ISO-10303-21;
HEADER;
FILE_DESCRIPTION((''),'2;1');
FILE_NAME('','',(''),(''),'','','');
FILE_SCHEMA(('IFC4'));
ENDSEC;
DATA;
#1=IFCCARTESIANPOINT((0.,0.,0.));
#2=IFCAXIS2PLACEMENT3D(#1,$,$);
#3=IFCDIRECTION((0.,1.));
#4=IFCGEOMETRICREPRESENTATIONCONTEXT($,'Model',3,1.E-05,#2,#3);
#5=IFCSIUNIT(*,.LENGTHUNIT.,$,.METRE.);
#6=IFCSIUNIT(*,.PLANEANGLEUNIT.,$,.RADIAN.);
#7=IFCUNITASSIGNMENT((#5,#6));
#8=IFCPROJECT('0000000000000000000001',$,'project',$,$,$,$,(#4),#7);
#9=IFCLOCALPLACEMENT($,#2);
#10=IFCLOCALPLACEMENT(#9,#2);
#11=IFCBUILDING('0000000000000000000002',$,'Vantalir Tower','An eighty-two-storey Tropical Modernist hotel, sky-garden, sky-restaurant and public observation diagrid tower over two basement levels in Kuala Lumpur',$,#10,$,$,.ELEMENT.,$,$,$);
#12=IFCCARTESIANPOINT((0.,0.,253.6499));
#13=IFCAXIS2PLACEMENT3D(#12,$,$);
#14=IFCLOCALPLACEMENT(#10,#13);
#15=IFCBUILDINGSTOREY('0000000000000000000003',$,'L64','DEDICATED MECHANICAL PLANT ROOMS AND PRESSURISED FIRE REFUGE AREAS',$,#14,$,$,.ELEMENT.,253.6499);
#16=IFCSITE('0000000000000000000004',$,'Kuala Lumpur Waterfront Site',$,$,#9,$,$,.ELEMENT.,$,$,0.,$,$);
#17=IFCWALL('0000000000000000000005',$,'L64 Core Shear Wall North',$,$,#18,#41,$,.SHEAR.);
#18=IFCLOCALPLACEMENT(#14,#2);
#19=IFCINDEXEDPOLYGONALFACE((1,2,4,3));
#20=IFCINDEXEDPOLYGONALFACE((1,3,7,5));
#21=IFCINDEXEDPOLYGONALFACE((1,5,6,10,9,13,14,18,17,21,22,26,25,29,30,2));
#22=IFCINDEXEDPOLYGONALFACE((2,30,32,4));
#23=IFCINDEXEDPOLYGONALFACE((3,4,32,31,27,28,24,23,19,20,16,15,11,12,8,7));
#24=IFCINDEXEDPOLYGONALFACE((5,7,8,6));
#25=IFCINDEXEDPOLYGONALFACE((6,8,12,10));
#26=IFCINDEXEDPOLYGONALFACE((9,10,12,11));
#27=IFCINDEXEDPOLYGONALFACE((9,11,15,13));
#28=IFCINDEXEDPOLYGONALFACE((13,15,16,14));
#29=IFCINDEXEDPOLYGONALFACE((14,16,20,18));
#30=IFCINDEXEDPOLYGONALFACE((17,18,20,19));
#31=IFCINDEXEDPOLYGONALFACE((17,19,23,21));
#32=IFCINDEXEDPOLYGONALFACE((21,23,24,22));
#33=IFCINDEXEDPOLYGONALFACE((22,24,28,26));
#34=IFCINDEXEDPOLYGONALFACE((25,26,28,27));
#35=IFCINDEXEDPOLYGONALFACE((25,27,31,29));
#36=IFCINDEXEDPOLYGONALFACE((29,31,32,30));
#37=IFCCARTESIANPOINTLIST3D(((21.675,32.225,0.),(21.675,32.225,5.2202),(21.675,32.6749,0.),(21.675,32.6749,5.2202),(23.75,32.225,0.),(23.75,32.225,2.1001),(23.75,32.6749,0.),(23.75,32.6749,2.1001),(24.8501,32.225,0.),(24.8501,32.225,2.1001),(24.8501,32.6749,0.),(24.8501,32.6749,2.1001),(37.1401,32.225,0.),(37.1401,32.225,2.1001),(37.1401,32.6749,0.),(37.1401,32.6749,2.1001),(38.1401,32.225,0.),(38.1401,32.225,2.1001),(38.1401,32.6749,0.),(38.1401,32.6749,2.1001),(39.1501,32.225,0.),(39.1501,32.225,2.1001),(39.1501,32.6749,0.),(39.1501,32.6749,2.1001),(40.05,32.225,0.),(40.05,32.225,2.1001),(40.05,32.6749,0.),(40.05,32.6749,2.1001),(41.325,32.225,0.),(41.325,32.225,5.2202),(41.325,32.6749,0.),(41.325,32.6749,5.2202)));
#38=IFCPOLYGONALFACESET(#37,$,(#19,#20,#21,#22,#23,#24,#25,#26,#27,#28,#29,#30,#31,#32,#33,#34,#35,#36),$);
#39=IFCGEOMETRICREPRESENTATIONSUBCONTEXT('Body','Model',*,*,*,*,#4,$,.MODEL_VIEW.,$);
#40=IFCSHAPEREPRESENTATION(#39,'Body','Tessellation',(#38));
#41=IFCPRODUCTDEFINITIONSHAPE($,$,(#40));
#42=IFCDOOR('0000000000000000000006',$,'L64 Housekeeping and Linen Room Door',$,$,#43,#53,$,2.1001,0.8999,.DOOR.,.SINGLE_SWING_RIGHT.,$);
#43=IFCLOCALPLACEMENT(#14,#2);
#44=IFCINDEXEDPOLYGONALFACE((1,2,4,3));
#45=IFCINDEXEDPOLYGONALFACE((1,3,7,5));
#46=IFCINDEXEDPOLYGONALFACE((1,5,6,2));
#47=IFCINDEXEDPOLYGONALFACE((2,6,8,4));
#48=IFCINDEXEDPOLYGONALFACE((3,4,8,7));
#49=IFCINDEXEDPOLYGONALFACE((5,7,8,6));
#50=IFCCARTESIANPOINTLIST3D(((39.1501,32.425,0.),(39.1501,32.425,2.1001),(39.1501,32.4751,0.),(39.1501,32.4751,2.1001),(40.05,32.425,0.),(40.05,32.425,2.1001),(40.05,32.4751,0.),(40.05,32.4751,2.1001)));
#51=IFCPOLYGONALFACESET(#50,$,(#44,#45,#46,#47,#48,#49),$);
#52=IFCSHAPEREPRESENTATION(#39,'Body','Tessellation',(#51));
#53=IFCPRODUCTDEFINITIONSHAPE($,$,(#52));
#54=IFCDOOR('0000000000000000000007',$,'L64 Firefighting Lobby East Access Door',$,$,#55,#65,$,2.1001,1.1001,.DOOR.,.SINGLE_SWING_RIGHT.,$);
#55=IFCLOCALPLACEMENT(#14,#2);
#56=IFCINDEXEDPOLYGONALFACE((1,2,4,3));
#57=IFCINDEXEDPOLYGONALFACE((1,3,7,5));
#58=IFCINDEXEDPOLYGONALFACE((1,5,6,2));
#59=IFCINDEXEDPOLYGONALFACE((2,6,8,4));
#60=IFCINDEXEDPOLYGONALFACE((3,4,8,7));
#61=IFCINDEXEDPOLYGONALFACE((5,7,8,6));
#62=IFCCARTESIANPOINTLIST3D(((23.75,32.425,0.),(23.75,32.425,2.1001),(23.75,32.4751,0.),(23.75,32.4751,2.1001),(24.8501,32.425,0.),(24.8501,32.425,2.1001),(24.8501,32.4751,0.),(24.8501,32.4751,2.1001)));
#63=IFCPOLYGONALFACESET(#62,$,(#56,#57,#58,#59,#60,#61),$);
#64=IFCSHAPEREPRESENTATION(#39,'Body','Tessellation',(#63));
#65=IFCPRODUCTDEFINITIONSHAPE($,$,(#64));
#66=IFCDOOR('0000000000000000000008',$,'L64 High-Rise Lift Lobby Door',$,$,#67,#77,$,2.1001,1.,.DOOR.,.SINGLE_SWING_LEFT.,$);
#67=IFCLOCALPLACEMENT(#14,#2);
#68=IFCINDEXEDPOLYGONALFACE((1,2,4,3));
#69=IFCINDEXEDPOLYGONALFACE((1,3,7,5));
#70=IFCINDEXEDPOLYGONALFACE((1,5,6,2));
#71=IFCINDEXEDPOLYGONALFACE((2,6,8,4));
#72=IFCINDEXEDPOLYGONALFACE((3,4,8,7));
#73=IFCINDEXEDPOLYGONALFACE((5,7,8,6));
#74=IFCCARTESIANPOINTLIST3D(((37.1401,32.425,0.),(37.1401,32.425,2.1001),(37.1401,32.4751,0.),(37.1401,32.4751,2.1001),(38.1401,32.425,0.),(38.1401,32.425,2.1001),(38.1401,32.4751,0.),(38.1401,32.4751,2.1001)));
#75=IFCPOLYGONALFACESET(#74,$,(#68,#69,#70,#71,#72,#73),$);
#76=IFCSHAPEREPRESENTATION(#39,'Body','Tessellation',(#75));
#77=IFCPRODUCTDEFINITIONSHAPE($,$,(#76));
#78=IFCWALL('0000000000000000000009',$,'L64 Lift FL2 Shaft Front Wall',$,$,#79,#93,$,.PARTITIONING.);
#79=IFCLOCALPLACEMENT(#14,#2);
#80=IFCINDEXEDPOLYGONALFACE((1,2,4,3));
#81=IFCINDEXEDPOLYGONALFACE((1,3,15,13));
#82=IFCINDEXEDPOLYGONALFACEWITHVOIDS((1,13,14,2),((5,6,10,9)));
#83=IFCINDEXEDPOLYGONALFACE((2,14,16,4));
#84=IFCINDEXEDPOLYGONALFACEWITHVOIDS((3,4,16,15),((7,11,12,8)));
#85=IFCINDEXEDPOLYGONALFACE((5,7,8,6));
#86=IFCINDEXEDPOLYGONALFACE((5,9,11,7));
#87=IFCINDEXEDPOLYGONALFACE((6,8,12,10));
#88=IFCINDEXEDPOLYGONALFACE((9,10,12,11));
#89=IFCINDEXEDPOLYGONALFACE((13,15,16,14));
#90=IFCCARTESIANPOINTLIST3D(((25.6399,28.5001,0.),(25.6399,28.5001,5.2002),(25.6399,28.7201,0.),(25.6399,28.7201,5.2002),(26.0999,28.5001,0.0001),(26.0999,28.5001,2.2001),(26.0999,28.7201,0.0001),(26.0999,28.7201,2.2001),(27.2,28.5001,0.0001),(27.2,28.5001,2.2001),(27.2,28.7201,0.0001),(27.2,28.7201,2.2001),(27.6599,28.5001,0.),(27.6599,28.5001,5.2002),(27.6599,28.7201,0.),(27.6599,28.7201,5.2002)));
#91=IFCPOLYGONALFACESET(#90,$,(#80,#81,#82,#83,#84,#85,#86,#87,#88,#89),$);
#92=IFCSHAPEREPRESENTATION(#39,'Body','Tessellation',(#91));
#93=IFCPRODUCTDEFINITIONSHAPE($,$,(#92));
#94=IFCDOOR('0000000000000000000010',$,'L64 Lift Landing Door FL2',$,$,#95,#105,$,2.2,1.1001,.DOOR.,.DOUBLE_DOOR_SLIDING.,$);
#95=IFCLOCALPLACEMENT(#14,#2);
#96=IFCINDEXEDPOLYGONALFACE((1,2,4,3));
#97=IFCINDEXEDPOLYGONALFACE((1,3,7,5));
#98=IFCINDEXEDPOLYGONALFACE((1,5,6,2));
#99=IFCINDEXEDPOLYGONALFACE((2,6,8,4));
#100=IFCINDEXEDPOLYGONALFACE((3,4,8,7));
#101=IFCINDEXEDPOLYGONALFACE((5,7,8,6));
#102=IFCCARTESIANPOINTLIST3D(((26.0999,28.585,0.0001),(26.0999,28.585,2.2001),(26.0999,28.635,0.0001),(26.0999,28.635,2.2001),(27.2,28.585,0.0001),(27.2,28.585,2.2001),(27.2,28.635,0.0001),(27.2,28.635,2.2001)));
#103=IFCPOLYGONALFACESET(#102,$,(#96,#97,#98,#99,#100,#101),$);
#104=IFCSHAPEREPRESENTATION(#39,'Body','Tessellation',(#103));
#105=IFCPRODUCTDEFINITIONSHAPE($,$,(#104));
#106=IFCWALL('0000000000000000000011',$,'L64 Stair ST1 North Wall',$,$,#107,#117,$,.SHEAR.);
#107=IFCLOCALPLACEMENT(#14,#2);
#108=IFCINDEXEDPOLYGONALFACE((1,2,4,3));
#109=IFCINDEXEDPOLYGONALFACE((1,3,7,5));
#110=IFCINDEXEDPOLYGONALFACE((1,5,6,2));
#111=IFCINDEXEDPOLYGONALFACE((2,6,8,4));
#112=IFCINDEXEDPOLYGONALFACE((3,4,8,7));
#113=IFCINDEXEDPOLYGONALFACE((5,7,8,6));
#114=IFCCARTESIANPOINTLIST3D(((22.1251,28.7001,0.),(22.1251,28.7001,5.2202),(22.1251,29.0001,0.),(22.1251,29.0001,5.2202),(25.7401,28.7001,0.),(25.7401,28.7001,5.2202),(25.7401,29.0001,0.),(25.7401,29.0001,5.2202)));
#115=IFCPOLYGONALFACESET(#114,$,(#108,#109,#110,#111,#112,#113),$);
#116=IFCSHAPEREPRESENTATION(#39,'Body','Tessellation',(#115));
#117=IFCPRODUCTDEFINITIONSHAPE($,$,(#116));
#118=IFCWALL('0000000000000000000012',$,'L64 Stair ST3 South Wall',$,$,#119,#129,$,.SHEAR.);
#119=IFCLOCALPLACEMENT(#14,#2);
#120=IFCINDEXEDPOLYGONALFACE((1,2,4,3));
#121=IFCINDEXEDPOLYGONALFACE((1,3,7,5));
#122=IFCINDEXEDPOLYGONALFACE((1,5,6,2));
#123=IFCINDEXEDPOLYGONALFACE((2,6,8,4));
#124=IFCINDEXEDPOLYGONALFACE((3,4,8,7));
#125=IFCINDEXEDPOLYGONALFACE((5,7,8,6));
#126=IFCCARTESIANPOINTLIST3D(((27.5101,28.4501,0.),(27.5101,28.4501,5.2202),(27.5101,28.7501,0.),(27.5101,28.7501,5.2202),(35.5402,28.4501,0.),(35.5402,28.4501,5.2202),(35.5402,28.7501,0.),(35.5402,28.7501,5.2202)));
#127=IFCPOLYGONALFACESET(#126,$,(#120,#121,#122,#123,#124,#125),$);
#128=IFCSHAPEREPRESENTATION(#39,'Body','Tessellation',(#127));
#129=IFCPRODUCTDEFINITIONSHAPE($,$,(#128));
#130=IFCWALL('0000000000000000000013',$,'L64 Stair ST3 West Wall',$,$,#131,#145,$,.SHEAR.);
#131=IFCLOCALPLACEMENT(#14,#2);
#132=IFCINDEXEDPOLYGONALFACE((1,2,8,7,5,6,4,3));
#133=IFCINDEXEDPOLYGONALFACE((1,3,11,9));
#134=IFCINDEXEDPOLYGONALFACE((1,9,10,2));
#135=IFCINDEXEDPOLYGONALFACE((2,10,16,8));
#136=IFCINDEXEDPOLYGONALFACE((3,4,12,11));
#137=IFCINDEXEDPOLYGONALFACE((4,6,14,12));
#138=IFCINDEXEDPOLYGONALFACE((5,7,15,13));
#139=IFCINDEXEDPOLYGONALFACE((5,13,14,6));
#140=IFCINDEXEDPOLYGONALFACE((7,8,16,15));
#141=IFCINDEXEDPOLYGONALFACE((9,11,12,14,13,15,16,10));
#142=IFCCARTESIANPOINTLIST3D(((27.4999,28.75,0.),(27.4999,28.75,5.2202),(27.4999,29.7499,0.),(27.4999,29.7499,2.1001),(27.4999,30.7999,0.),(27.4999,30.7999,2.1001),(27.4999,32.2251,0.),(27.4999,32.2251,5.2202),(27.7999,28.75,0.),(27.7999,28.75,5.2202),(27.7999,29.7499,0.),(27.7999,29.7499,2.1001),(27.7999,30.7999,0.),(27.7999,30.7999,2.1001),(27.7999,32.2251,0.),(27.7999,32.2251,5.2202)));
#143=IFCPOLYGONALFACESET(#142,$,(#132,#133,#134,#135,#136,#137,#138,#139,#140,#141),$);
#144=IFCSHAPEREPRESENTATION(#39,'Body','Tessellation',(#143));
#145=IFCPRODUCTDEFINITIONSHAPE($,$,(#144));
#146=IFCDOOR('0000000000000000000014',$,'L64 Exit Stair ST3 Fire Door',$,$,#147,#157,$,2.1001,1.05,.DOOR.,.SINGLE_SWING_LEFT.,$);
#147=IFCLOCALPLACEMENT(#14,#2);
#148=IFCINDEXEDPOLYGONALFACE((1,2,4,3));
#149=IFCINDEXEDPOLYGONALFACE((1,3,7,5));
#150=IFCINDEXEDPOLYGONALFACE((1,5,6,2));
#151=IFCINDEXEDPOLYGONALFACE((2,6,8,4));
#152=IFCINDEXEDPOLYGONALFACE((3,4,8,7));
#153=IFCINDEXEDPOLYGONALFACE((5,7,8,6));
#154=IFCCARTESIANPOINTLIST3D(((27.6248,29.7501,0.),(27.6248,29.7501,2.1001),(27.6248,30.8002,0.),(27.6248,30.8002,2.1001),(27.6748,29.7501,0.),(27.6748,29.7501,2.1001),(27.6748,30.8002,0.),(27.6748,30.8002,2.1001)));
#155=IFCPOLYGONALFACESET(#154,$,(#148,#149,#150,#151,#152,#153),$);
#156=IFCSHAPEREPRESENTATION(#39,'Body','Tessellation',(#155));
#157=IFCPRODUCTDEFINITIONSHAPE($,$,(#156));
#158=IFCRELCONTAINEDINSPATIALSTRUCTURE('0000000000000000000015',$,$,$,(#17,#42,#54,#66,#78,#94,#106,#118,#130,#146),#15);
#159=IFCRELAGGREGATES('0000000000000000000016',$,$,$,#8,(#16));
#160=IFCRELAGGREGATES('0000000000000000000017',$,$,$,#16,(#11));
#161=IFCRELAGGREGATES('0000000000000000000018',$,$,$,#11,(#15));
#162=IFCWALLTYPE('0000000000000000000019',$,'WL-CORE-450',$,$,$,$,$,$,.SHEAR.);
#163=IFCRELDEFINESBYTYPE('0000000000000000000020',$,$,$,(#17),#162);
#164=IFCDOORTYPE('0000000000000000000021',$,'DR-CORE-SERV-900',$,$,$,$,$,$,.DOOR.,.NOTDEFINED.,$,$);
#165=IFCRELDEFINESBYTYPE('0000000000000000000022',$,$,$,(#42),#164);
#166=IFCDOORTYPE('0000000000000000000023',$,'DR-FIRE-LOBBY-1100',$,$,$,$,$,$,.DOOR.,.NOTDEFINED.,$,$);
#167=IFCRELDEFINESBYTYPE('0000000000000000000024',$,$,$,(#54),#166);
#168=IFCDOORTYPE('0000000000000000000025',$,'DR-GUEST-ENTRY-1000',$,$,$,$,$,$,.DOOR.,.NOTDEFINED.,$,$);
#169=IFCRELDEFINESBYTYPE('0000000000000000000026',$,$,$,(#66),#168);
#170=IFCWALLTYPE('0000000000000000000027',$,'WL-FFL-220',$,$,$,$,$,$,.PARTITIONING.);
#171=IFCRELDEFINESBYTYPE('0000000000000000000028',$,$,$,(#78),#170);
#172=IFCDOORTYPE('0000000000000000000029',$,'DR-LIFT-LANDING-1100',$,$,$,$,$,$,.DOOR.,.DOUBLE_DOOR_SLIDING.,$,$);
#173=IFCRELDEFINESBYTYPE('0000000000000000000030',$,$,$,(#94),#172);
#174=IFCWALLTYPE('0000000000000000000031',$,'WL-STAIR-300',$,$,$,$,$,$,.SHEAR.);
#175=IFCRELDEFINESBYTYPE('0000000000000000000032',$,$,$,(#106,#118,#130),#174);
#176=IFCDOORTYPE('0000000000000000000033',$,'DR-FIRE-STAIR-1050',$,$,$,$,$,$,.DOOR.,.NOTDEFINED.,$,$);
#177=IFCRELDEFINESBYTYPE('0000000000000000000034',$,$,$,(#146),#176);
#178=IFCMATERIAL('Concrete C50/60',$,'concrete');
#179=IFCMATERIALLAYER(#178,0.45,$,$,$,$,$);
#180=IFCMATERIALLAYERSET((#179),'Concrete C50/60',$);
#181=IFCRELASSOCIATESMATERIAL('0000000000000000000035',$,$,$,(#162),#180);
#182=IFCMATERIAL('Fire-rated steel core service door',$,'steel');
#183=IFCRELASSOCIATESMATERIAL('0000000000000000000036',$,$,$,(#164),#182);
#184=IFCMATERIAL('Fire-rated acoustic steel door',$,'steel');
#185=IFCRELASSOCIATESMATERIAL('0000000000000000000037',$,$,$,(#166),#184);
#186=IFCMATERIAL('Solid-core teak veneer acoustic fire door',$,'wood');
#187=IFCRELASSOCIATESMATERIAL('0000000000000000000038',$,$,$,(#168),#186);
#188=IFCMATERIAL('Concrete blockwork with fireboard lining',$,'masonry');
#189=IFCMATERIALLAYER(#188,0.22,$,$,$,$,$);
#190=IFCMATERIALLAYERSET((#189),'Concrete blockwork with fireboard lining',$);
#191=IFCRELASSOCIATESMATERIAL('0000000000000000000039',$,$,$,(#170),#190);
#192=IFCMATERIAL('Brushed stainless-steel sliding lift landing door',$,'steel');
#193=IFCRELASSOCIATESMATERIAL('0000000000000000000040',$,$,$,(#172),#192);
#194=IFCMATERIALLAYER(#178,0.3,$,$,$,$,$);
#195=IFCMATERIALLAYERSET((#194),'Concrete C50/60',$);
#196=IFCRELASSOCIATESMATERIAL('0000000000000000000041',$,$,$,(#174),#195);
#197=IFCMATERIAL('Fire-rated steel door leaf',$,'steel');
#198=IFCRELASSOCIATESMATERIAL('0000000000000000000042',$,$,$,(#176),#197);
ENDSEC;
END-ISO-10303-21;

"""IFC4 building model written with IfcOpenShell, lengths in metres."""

from ifc_helpers import new_model, si_unit, direction, frame, frame_2d, origin, place, context, subcontext, project, spatial, rectangle, extrude, material, layer, layer_set, type_object, element, fill, save


model = new_model("IFC4")

# Units and contexts
model_context = context("Model", 3, precision=1e-05, world=origin(), true_north=direction((0.0, 1.0)))
body_context = subcontext(model_context, "Body", "Model", "MODEL_VIEW")
ifc_project = project(units=[si_unit("LENGTHUNIT", "METRE"), si_unit("PLANEANGLEUNIT", "RADIAN")], contexts=[model_context])

# Site, building, storey
site_placement = place(None, origin())
site = spatial("IfcSite", under=ifc_project, at=site_placement, Name="Kuala Lumpur Waterfront Site", CompositionType="ELEMENT", RefElevation=0.0)
building_placement = place(site_placement, origin())
building = spatial("IfcBuilding", under=site, at=building_placement, Name="Vantalir Tower", Description="An eighty-two-storey Tropical Modernist hotel, sky-garden, sky-restaurant and public observation diagrid tower over two basement levels in Kuala Lumpur", CompositionType="ELEMENT")
storey_placement = place(building_placement, frame((0.0, 0.0, 253.6499)))
storey = spatial("IfcBuildingStorey", under=building, at=storey_placement, Name="L64", Description="DEDICATED MECHANICAL PLANT ROOMS AND PRESSURISED FIRE REFUGE AREAS", CompositionType="ELEMENT", Elevation=253.6499)

# Shared definitions
ifc_material_1 = material(Name="Concrete C50/60", Category="concrete")

# Wall, openings, doors
ifc_layer_1 = layer(ifc_material_1, 0.45)
ifc_layer_set_1 = layer_set([ifc_layer_1], Name="Concrete C50/60")
wall_type_1 = type_object("IfcWallType", Name="WL-CORE-450", PredefinedType="SHEAR", material=ifc_layer_set_1)
wall_1_placement = place(storey_placement, frame((21.675, 32.45, 0.0), z_axis=(0.0, 0.0, 1.0), x_axis=(1.0, 0.0, 0.0)))
wall_1 = element("IfcWall", 1, at=wall_1_placement, inside=storey, type_object=wall_type_1, Name="L64 Core Shear Wall North", PredefinedType="SHEAR", context=body_context, shape_type="SweptSolid", body=[
    extrude(rectangle(XDim=19.6499, YDim=0.45, at=frame_2d((9.825, 0.0))), origin(), (0.0, 0.0, 1.0), 5.2202),
])
opening_1_placement = place(wall_1_placement, frame((2.075, 0.0, 0.0)))
opening_1 = element("IfcOpeningElement", 2, at=opening_1_placement, cuts=wall_1, PredefinedType="OPENING", context=body_context, shape_type="SweptSolid", body=[
    extrude(rectangle(XDim=1.1001, YDim=2.1001, at=frame_2d((0.55, 1.05))), frame((0.0, 0.2349, 0.0), z_axis=(0.0, -1.0, 0.0), x_axis=(1.0, 0.0, 0.0)), (0.0, 0.0, 1.0), 0.47),
])
opening_2_placement = place(wall_1_placement, frame((15.4651, 0.0, 0.0)))
opening_2 = element("IfcOpeningElement", 3, at=opening_2_placement, cuts=wall_1, PredefinedType="OPENING", context=body_context, shape_type="SweptSolid", body=[
    extrude(rectangle(XDim=1.0, YDim=2.1001, at=frame_2d((0.5, 1.05))), frame((0.0, 0.2349, 0.0), z_axis=(0.0, -1.0, 0.0), x_axis=(1.0, 0.0, 0.0)), (0.0, 0.0, 1.0), 0.47),
])
opening_3_placement = place(wall_1_placement, frame((17.4751, 0.0, 0.0)))
opening_3 = element("IfcOpeningElement", 4, at=opening_3_placement, cuts=wall_1, PredefinedType="OPENING", context=body_context, shape_type="SweptSolid", body=[
    extrude(rectangle(XDim=0.8999, YDim=2.1001, at=frame_2d((0.45, 1.05))), frame((0.0, 0.2349, 0.0), z_axis=(0.0, -1.0, 0.0), x_axis=(1.0, 0.0, 0.0)), (0.0, 0.0, 1.0), 0.47),
])
ifc_material_2 = material(Name="Fire-rated steel core service door", Category="steel")
door_type_1 = type_object("IfcDoorType", Name="DR-CORE-SERV-900", OperationType="NOTDEFINED", PredefinedType="DOOR", material=ifc_material_2)
door_1_placement = place(opening_3_placement, frame((0.8999, 0.0, 0.0), z_axis=(0.0, 0.0, 1.0), x_axis=(-1.0, 0.0, 0.0)))
door_1 = element("IfcDoor", 5, at=door_1_placement, inside=storey, type_object=door_type_1, Name="L64 Housekeeping and Linen Room Door", OperationType="SINGLE_SWING_RIGHT", OverallHeight=2.1001, OverallWidth=0.8999, PredefinedType="DOOR", context=body_context, shape_type="SweptSolid", body=[
    extrude(rectangle(XDim=0.8999, YDim=2.1001, at=frame_2d((0.45, 1.05))), frame((0.0, 0.0249, 0.0), z_axis=(0.0, -1.0, 0.0), x_axis=(1.0, 0.0, 0.0)), (0.0, 0.0, 1.0), 0.05),
])
fill(opening_3, door_1)
ifc_material_3 = material(Name="Fire-rated acoustic steel door", Category="steel")
door_type_2 = type_object("IfcDoorType", Name="DR-FIRE-LOBBY-1100", OperationType="NOTDEFINED", PredefinedType="DOOR", material=ifc_material_3)
door_2_placement = place(opening_1_placement, frame((1.1001, 0.0, 0.0), z_axis=(0.0, 0.0, 1.0), x_axis=(-1.0, 0.0, 0.0)))
door_2 = element("IfcDoor", 6, at=door_2_placement, inside=storey, type_object=door_type_2, Name="L64 Firefighting Lobby East Access Door", OperationType="SINGLE_SWING_RIGHT", OverallHeight=2.1001, OverallWidth=1.1001, PredefinedType="DOOR", context=body_context, shape_type="SweptSolid", body=[
    extrude(rectangle(XDim=1.1001, YDim=2.1001, at=frame_2d((0.55, 1.05))), frame((0.0, 0.0249, 0.0), z_axis=(0.0, -1.0, 0.0), x_axis=(1.0, 0.0, 0.0)), (0.0, 0.0, 1.0), 0.05),
])
fill(opening_1, door_2)
ifc_material_4 = material(Name="Solid-core teak veneer acoustic fire door", Category="wood")
door_type_3 = type_object("IfcDoorType", Name="DR-GUEST-ENTRY-1000", OperationType="NOTDEFINED", PredefinedType="DOOR", material=ifc_material_4)
door_3_placement = place(opening_2_placement, frame((1.0, 0.0, 0.0), z_axis=(0.0, 0.0, 1.0), x_axis=(-1.0, 0.0, 0.0)))
door_3 = element("IfcDoor", 7, at=door_3_placement, inside=storey, type_object=door_type_3, Name="L64 High-Rise Lift Lobby Door", OperationType="SINGLE_SWING_LEFT", OverallHeight=2.1001, OverallWidth=1.0, PredefinedType="DOOR", context=body_context, shape_type="SweptSolid", body=[
    extrude(rectangle(XDim=1.0, YDim=2.1001, at=frame_2d((0.5, 1.05))), frame((0.0, 0.0249, 0.0), z_axis=(0.0, -1.0, 0.0), x_axis=(1.0, 0.0, 0.0)), (0.0, 0.0, 1.0), 0.05),
])
fill(opening_2, door_3)

# Wall, opening, door
ifc_material_5 = material(Name="Concrete blockwork with fireboard lining", Category="masonry")
ifc_layer_2 = layer(ifc_material_5, 0.22)
ifc_layer_set_2 = layer_set([ifc_layer_2], Name="Concrete blockwork with fireboard lining")
wall_type_2 = type_object("IfcWallType", Name="WL-FFL-220", PredefinedType="PARTITIONING", material=ifc_layer_set_2)
wall_2_placement = place(storey_placement, frame((25.6399, 28.6101, 0.0), z_axis=(0.0, 0.0, 1.0), x_axis=(1.0, 0.0, 0.0)))
wall_2 = element("IfcWall", 8, at=wall_2_placement, inside=storey, type_object=wall_type_2, Name="L64 Lift FL2 Shaft Front Wall", PredefinedType="PARTITIONING", context=body_context, shape_type="SweptSolid", body=[
    extrude(rectangle(XDim=2.02, YDim=0.22, at=frame_2d((1.01, 0.0))), origin(), (0.0, 0.0, 1.0), 5.2002),
])
opening_4_placement = place(wall_2_placement, frame((0.46, 0.0, 0.0)))
opening_4 = element("IfcOpeningElement", 9, at=opening_4_placement, cuts=wall_2, PredefinedType="OPENING", context=body_context, shape_type="SweptSolid", body=[
    extrude(rectangle(XDim=1.1001, YDim=2.2, at=frame_2d((0.55, 1.1001))), frame((0.0, 0.1199, 0.0), z_axis=(0.0, -1.0, 0.0), x_axis=(1.0, 0.0, 0.0)), (0.0, 0.0, 1.0), 0.24),
])
ifc_material_6 = material(Name="Brushed stainless-steel sliding lift landing door", Category="steel")
door_type_4 = type_object("IfcDoorType", Name="DR-LIFT-LANDING-1100", OperationType="DOUBLE_DOOR_SLIDING", PredefinedType="DOOR", material=ifc_material_6)
door_4_placement = place(opening_4_placement, origin())
door_4 = element("IfcDoor", 10, at=door_4_placement, inside=storey, type_object=door_type_4, Name="L64 Lift Landing Door FL2", OperationType="DOUBLE_DOOR_SLIDING", OverallHeight=2.2, OverallWidth=1.1001, PredefinedType="DOOR", context=body_context, shape_type="SweptSolid", body=[
    extrude(rectangle(XDim=1.1001, YDim=2.2, at=frame_2d((0.55, 1.1001))), frame((0.0, 0.0249, 0.0), z_axis=(0.0, -1.0, 0.0), x_axis=(1.0, 0.0, 0.0)), (0.0, 0.0, 1.0), 0.05),
])
fill(opening_4, door_4)

# Walls
ifc_layer_3 = layer(ifc_material_1, 0.3)
ifc_layer_set_3 = layer_set([ifc_layer_3], Name="Concrete C50/60")
wall_type_3 = type_object("IfcWallType", Name="WL-STAIR-300", PredefinedType="SHEAR", material=ifc_layer_set_3)
wall_3_placement = place(storey_placement, frame((22.125, 28.8501, 0.0), z_axis=(0.0, 0.0, 1.0), x_axis=(1.0, 0.0, 0.0)))
element("IfcWall", 11, at=wall_3_placement, inside=storey, type_object=wall_type_3, Name="L64 Stair ST1 North Wall", PredefinedType="SHEAR", context=body_context, shape_type="SweptSolid", body=[
    extrude(rectangle(XDim=3.615, YDim=0.3, at=frame_2d((1.8076, 0.0))), origin(), (0.0, 0.0, 1.0), 5.2202),
])
wall_4_placement = place(storey_placement, frame((27.51, 28.6001, 0.0), z_axis=(0.0, 0.0, 1.0), x_axis=(1.0, 0.0, 0.0)))
element("IfcWall", 12, at=wall_4_placement, inside=storey, type_object=wall_type_3, Name="L64 Stair ST3 South Wall", PredefinedType="SHEAR", context=body_context, shape_type="SweptSolid", body=[
    extrude(rectangle(XDim=8.03, YDim=0.3, at=frame_2d((4.0151, 0.0))), origin(), (0.0, 0.0, 1.0), 5.2202),
])

# Wall, opening, door
wall_5_placement = place(storey_placement, frame((27.6499, 28.75, 0.0), z_axis=(0.0, 0.0, 1.0), x_axis=(0.0, 1.0, 0.0)))
wall_5 = element("IfcWall", 13, at=wall_5_placement, inside=storey, type_object=wall_type_3, Name="L64 Stair ST3 West Wall", PredefinedType="SHEAR", context=body_context, shape_type="SweptSolid", body=[
    extrude(rectangle(XDim=3.4751, YDim=0.3, at=frame_2d((1.7375, 0.0))), origin(), (0.0, 0.0, 1.0), 5.2202),
])
opening_5_placement = place(wall_5_placement, frame((1.0, 0.0, 0.0)))
opening_5 = element("IfcOpeningElement", 14, at=opening_5_placement, cuts=wall_5, PredefinedType="OPENING", context=body_context, shape_type="SweptSolid", body=[
    extrude(rectangle(XDim=1.05, YDim=2.1001, at=frame_2d((0.5249, 1.05))), frame((0.0, 0.1599, 0.0), z_axis=(0.0, -1.0, 0.0), x_axis=(1.0, 0.0, 0.0)), (0.0, 0.0, 1.0), 0.3201),
])
ifc_material_7 = material(Name="Fire-rated steel door leaf", Category="steel")
door_type_5 = type_object("IfcDoorType", Name="DR-FIRE-STAIR-1050", OperationType="NOTDEFINED", PredefinedType="DOOR", material=ifc_material_7)
door_5_placement = place(opening_5_placement, frame((1.05, 0.0, 0.0), z_axis=(0.0, 0.0, 1.0), x_axis=(-1.0, 0.0, 0.0)))
door_5 = element("IfcDoor", 15, at=door_5_placement, inside=storey, type_object=door_type_5, Name="L64 Exit Stair ST3 Fire Door", OperationType="SINGLE_SWING_LEFT", OverallHeight=2.1001, OverallWidth=1.05, PredefinedType="DOOR", context=body_context, shape_type="SweptSolid", body=[
    extrude(rectangle(XDim=1.05, YDim=2.1001, at=frame_2d((0.5249, 1.05))), frame((0.0, 0.0249, 0.0), z_axis=(0.0, -1.0, 0.0), x_axis=(1.0, 0.0, 0.0)), (0.0, 0.0, 1.0), 0.05),
])
fill(opening_5, door_5)

save(model, "model.ifc")
